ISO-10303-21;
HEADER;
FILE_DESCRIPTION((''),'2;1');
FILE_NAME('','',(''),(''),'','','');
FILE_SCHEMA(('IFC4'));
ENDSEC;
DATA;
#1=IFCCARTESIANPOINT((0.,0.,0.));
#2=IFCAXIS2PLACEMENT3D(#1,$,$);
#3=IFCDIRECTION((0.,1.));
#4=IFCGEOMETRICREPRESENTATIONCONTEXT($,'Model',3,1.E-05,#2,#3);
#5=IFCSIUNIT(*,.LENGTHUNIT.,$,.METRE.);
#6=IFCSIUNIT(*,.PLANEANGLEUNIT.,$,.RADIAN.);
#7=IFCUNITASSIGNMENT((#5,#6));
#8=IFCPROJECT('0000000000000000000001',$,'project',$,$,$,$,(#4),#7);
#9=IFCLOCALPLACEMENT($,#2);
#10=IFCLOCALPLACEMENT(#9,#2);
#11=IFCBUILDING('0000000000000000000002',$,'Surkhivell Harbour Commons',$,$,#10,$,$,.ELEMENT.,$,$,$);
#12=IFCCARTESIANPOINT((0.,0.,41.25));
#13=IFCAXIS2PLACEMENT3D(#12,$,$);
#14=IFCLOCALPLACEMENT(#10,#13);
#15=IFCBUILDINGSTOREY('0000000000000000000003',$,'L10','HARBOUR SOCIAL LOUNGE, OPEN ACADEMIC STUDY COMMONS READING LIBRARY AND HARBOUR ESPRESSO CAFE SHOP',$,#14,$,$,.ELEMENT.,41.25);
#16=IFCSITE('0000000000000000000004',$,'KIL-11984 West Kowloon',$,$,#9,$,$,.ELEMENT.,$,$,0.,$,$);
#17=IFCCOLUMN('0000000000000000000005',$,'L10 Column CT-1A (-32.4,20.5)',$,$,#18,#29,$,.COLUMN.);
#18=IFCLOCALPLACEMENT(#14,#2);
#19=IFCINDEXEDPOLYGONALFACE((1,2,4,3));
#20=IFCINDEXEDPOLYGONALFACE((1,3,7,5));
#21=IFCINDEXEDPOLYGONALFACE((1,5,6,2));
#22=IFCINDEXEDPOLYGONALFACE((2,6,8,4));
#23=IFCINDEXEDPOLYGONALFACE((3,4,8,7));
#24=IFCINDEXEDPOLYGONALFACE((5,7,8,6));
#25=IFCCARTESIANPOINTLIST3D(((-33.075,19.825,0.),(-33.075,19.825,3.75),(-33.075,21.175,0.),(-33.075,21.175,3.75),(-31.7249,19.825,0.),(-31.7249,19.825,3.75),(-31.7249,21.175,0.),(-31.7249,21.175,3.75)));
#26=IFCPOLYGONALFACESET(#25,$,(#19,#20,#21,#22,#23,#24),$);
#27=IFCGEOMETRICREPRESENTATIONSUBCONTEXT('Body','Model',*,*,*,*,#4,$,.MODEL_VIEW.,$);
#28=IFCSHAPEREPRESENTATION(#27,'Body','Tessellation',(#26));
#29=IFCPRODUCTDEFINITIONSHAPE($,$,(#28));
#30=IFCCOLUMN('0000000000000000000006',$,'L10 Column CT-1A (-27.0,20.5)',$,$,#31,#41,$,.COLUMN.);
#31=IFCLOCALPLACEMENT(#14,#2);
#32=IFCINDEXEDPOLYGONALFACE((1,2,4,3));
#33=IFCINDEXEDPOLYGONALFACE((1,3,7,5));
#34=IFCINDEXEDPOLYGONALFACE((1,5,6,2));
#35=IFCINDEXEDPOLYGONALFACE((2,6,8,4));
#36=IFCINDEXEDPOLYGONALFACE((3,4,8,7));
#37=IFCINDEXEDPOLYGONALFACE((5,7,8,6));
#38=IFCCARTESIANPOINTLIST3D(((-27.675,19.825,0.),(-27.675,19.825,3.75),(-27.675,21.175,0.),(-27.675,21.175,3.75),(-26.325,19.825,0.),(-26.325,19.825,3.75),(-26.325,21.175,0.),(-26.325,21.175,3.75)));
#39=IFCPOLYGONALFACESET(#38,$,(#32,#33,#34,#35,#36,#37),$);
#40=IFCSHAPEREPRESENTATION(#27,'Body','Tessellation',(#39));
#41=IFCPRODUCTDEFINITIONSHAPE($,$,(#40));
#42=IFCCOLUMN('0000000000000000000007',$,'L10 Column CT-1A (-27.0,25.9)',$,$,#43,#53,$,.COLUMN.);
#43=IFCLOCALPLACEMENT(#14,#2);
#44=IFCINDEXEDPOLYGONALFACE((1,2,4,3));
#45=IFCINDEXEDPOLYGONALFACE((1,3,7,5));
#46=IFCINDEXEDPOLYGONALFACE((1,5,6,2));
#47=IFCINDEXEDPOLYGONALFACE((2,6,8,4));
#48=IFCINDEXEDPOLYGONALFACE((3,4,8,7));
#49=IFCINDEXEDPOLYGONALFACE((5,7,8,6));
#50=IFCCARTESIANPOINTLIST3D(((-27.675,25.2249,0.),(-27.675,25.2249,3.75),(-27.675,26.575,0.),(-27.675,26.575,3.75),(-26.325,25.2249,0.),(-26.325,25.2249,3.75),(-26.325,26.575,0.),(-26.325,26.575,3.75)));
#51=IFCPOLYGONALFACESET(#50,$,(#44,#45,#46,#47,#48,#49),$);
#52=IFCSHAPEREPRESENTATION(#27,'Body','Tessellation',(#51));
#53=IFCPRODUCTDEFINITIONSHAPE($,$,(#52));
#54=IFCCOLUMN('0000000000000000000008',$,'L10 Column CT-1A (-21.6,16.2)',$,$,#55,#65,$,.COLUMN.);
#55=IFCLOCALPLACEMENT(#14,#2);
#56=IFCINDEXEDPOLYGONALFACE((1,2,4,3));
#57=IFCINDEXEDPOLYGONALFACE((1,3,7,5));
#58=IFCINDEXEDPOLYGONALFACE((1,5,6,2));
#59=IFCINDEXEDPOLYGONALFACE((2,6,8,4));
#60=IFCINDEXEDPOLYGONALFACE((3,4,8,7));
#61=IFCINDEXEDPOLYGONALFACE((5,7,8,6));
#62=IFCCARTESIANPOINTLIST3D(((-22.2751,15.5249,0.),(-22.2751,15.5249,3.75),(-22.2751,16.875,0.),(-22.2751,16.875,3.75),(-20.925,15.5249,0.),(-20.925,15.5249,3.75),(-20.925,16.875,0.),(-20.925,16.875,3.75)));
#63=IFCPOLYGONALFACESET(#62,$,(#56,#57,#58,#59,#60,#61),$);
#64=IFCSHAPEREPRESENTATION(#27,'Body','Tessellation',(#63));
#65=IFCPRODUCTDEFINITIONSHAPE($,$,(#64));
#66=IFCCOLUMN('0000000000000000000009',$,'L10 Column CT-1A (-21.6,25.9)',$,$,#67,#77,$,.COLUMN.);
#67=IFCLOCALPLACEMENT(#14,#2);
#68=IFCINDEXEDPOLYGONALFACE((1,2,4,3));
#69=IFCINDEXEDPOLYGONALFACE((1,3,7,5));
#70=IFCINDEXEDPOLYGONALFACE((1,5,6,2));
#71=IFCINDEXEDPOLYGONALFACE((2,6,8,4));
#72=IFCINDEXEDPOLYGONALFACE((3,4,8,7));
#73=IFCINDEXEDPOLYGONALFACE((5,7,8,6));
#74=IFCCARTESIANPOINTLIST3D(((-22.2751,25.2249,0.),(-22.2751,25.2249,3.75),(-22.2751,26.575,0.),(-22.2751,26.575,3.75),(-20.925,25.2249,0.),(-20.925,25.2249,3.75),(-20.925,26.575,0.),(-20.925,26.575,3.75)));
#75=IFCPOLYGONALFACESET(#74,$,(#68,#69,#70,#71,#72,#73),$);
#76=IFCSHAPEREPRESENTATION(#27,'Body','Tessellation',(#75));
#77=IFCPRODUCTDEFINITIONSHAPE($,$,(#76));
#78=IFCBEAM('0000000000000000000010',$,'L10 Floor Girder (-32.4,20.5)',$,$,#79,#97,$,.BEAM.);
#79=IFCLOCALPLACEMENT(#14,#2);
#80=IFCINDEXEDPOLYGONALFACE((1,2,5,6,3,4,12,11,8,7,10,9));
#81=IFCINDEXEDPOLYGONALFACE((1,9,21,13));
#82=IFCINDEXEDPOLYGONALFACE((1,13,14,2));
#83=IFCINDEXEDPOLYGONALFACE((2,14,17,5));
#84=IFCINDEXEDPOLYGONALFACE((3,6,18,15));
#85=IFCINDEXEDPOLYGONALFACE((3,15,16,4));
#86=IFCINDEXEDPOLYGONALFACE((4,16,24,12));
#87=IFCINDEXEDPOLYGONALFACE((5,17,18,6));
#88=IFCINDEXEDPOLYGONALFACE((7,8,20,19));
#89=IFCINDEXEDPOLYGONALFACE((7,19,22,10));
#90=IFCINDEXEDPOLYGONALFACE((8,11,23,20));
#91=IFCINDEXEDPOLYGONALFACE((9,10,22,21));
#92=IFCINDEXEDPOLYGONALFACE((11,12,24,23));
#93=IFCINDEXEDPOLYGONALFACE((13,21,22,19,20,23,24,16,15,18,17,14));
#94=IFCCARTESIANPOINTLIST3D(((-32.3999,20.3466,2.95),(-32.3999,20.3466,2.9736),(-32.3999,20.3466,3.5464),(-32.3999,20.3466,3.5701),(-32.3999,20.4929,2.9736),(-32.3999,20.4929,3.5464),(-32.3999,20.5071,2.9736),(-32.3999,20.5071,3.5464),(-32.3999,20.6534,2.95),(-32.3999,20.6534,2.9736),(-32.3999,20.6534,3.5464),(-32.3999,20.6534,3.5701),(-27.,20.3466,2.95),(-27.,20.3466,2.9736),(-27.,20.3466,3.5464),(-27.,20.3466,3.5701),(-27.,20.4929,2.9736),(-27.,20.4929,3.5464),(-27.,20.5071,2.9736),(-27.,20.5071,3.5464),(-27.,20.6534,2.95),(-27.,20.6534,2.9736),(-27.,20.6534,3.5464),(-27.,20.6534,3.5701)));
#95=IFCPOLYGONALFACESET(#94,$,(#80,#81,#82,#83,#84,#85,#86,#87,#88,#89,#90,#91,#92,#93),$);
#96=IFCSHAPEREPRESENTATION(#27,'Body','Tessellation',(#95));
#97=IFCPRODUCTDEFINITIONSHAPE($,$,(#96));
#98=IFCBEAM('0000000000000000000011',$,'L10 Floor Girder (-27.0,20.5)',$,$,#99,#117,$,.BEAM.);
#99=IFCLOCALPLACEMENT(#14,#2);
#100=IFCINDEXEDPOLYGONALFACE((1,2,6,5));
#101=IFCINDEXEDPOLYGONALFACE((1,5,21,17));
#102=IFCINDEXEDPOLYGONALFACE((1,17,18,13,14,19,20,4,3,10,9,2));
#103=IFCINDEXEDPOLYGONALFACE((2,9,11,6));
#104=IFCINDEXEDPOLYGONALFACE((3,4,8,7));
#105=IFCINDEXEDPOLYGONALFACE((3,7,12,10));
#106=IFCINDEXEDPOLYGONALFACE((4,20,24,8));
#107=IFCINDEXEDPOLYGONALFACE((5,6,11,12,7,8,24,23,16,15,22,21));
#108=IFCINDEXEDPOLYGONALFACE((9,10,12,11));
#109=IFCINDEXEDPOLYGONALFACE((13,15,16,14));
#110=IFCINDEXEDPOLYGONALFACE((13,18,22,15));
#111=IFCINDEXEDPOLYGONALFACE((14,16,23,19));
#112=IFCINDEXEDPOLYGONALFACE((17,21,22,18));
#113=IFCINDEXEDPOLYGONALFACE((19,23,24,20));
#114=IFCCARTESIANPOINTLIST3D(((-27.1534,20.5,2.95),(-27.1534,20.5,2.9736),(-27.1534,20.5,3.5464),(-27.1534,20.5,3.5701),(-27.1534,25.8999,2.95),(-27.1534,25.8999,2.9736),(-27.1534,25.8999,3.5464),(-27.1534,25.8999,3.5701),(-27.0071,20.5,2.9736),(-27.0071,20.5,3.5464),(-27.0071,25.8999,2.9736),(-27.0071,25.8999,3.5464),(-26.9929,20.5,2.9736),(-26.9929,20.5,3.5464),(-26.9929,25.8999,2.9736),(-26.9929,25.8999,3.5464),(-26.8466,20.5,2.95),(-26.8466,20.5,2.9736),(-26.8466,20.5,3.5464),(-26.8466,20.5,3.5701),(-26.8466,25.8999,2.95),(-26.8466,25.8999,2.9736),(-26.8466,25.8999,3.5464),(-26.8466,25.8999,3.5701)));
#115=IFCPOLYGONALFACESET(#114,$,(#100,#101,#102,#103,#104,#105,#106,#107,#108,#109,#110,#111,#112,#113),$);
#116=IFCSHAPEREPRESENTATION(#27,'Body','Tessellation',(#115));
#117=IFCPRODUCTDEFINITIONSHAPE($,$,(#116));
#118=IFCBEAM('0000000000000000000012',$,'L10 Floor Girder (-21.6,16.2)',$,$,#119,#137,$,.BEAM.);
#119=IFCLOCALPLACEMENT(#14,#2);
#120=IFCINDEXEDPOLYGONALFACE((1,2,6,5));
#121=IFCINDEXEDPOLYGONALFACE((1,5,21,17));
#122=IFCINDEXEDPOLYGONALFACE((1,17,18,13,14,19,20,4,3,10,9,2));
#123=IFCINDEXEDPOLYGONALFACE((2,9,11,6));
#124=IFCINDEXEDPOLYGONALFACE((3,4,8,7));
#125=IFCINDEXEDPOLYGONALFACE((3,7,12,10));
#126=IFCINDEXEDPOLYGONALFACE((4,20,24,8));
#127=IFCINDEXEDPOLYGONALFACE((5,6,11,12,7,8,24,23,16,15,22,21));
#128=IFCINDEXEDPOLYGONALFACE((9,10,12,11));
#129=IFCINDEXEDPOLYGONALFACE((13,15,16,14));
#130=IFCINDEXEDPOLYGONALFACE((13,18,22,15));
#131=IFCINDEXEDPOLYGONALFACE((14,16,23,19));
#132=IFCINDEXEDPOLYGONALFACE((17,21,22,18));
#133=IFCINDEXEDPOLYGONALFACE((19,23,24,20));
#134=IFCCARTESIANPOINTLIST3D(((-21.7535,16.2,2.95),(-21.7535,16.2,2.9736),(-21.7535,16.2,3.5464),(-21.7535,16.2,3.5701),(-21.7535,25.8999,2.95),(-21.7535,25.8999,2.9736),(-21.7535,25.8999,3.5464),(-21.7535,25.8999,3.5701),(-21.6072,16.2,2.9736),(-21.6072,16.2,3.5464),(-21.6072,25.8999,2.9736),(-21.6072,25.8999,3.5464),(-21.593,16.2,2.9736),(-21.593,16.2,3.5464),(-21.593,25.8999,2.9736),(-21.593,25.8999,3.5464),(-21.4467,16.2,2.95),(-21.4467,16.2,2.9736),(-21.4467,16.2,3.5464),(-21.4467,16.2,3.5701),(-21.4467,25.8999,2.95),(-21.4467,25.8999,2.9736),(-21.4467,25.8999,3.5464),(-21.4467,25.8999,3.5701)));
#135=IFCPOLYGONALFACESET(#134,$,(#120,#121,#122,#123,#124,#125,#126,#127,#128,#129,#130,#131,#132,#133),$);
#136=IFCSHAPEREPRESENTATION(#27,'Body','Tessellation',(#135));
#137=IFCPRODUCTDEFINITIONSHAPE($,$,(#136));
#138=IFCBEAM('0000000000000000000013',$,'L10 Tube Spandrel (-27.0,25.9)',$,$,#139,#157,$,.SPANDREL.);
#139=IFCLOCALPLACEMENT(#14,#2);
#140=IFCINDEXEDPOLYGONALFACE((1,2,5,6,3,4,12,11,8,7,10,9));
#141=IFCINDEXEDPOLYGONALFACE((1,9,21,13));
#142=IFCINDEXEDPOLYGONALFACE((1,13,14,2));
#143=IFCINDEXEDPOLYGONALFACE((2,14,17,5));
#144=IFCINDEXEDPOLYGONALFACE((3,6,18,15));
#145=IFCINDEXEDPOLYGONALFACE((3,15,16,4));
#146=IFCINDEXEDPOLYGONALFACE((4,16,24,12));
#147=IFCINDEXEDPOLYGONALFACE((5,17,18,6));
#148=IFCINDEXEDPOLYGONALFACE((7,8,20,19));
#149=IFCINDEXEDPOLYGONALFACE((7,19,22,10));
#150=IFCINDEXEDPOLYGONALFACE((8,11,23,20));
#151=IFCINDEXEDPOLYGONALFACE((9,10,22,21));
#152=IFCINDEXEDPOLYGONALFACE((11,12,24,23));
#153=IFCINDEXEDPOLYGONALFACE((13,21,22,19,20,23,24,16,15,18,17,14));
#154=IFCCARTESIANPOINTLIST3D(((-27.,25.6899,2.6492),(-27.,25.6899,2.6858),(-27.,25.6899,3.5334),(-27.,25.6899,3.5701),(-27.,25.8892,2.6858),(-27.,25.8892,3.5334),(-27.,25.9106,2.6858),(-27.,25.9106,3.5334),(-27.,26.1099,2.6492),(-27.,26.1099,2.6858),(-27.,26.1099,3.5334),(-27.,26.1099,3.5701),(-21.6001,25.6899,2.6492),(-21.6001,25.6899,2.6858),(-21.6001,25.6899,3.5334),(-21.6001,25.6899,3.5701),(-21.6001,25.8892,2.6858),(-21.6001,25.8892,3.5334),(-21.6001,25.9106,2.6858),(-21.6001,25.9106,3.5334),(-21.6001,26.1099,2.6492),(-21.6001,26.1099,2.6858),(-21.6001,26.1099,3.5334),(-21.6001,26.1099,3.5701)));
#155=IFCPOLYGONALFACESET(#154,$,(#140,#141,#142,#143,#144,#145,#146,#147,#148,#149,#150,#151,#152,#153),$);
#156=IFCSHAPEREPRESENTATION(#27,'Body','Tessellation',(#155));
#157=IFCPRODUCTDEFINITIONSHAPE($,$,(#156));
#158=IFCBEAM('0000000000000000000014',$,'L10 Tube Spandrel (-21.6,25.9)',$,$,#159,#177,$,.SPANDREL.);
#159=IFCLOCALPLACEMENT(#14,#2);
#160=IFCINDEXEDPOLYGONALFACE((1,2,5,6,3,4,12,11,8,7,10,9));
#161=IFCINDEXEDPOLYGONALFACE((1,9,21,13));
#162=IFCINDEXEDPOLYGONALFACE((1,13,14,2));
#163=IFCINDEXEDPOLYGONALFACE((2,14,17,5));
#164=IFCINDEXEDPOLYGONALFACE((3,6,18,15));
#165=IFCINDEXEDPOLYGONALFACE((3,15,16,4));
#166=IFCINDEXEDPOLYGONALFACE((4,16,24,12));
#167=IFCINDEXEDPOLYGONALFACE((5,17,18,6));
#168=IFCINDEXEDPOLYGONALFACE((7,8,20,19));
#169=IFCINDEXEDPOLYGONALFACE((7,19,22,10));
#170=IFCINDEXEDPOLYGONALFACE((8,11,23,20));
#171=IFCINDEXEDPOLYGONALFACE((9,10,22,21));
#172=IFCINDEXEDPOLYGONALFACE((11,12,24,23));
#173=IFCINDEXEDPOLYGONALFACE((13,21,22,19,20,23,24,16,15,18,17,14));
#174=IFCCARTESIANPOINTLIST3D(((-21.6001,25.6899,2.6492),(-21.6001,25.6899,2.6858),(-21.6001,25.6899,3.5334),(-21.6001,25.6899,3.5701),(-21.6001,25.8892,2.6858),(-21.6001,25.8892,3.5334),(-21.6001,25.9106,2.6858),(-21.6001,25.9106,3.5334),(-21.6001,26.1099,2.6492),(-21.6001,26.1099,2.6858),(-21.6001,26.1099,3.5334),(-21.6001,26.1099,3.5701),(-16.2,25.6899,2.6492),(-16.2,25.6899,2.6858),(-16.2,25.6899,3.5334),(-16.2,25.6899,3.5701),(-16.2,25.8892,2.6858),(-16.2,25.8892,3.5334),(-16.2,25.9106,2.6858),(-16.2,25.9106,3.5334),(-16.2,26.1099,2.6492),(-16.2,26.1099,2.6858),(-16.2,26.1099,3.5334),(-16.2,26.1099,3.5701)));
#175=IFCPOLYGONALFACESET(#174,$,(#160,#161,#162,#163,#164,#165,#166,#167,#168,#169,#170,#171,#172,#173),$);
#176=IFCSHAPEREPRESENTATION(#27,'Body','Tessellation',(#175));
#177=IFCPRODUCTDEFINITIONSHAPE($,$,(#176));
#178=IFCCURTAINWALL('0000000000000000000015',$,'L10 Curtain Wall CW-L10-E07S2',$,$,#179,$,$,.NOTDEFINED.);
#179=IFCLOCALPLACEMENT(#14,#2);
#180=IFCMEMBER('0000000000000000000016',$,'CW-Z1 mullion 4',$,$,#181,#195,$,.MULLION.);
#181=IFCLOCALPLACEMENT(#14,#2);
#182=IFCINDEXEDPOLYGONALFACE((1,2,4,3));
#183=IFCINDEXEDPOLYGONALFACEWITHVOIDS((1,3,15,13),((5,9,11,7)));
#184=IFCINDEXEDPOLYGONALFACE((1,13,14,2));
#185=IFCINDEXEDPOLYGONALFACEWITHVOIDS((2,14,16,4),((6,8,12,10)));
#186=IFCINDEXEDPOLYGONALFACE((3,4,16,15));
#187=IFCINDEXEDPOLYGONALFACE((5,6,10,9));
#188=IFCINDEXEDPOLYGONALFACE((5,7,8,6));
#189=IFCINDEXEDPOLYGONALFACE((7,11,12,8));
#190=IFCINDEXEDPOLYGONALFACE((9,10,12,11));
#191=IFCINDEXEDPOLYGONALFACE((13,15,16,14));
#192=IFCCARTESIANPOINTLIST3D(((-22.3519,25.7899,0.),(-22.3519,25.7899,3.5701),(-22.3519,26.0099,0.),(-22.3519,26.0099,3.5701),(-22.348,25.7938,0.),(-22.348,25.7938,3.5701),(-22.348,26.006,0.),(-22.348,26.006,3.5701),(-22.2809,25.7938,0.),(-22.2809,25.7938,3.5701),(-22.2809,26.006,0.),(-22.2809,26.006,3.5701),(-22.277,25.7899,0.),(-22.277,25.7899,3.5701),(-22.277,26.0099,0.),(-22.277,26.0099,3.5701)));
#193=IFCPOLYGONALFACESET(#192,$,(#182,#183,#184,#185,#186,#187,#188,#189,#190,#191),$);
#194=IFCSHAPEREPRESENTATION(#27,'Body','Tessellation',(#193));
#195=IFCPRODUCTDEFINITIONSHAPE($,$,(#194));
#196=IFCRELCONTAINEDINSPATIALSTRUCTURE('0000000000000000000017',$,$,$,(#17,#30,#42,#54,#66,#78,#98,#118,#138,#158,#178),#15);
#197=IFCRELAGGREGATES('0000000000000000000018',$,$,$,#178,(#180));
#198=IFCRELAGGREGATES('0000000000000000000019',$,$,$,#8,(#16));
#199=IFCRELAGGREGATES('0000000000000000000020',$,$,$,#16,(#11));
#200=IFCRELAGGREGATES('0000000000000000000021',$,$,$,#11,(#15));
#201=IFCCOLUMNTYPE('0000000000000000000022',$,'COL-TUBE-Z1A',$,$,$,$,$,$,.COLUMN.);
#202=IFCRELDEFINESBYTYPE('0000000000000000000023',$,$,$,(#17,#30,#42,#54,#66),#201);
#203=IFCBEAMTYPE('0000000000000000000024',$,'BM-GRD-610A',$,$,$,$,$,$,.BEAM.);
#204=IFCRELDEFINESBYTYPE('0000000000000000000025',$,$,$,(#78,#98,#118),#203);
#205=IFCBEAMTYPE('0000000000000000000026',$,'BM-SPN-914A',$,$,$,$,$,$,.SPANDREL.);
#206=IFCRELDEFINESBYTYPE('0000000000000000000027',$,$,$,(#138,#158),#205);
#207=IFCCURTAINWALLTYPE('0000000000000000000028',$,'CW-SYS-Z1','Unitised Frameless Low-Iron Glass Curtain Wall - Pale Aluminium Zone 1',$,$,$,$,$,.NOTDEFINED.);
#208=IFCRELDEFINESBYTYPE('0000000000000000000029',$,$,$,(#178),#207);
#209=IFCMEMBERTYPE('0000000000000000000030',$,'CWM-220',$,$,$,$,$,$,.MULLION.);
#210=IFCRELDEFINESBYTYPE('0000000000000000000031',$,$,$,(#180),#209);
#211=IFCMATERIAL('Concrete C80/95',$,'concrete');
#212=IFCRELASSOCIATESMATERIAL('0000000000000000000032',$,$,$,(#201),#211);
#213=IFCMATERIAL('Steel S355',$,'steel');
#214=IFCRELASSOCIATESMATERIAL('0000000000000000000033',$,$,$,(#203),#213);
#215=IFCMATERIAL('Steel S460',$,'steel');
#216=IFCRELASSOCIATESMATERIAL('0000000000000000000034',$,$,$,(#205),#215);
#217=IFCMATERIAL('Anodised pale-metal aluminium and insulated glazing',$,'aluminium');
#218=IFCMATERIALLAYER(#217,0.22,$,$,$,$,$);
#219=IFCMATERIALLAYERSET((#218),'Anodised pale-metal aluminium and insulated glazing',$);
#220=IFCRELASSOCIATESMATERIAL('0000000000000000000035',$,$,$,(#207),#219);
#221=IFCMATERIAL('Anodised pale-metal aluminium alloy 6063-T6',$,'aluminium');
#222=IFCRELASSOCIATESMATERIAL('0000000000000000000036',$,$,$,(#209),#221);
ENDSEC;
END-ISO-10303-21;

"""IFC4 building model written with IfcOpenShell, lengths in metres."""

from ifc_helpers import new_model, si_unit, direction, frame, origin, origin_2d, place, context, subcontext, project, spatial, rectangle, hollow_rectangle, i_section, extrude, material, layer, layer_set, material_profile, profile_set, type_object, element, aggregate, save


model = new_model("IFC4")

# Units and contexts
model_context = context("Model", 3, precision=1e-05, world=origin(), true_north=direction((0.0, 1.0)))
body_context = subcontext(model_context, "Body", "Model", "MODEL_VIEW")
ifc_project = project(units=[si_unit("LENGTHUNIT", "METRE"), si_unit("PLANEANGLEUNIT", "RADIAN")], contexts=[model_context])

# Site, building, storey
site_placement = place(None, origin())
site = spatial("IfcSite", under=ifc_project, at=site_placement, Name="KIL-11984 West Kowloon", CompositionType="ELEMENT", RefElevation=0.0)
building_placement = place(site_placement, origin())
building = spatial("IfcBuilding", under=site, at=building_placement, Name="Surkhivell Harbour Commons", CompositionType="ELEMENT")
storey_placement = place(building_placement, frame((0.0, 0.0, 41.25)))
storey = spatial("IfcBuildingStorey", under=building, at=storey_placement, Name="L10", Description="HARBOUR SOCIAL LOUNGE, OPEN ACADEMIC STUDY COMMONS READING LIBRARY AND HARBOUR ESPRESSO CAFE SHOP", CompositionType="ELEMENT", Elevation=41.25)

# Columns
ifc_material_1 = material(Name="Concrete C80/95", Category="concrete")
ifc_material_profile_1 = material_profile(ifc_material_1, rectangle(XDim=1.3501, YDim=1.3501, at=origin_2d()), Name="RC-COL-1350x1350")
ifc_profile_set_1 = profile_set([ifc_material_profile_1], Name="Concrete C80/95")
column_type = type_object("IfcColumnType", Name="COL-TUBE-Z1A", PredefinedType="COLUMN", material=ifc_profile_set_1)
for number, where, z_axis, x_axis, name in (
    (1, (-32.3999, 20.5, 0.0), (0.0, 0.0, 1.0), (1.0, 0.0, 0.0), "L10 Column CT-1A (-32.4,20.5)"),
    (2, (-27.0, 20.5, 0.0), (0.0, 0.0, 1.0), (1.0, 0.0, 0.0), "L10 Column CT-1A (-27.0,20.5)"),
    (3, (-27.0, 25.8999, 0.0), (0.0, 0.0, 1.0), (1.0, 0.0, 0.0), "L10 Column CT-1A (-27.0,25.9)"),
    (4, (-21.6001, 16.2, 0.0), (0.0, 0.0, 1.0), (1.0, 0.0, 0.0), "L10 Column CT-1A (-21.6,16.2)"),
    (5, (-21.6001, 25.8999, 0.0), (0.0, 0.0, 1.0), (1.0, 0.0, 0.0), "L10 Column CT-1A (-21.6,25.9)"),
):
    element("IfcColumn", number, at=place(storey_placement, frame(where, z_axis=z_axis, x_axis=x_axis)), inside=storey, type_object=column_type, Name=name, PredefinedType="COLUMN", context=body_context, shape_type="SweptSolid", body=[
        extrude(rectangle(XDim=1.3501, YDim=1.3501, at=origin_2d()), origin(), (0.0, 0.0, 1.0), 3.75),
    ])

# Beams
ifc_material_2 = material(Name="Steel S355", Category="steel")
ifc_material_profile_2 = material_profile(ifc_material_2, i_section(OverallWidth=0.3069, OverallDepth=0.6201, WebThickness=0.0142, FlangeThickness=0.0237, at=origin_2d()), Name="UB610x305x179")
ifc_profile_set_2 = profile_set([ifc_material_profile_2], Name="Steel S355")
beam_type_1 = type_object("IfcBeamType", Name="BM-GRD-610A", PredefinedType="BEAM", material=ifc_profile_set_2)
for number, where, z_axis, x_axis, name in (
    (6, (-32.3999, 20.5, 3.26), (1.0, 0.0, 0.0), (0.0, 1.0, 0.0), "L10 Floor Girder (-32.4,20.5)"),
    (7, (-27.0, 20.5, 3.26), (0.0, 1.0, 0.0), (-1.0, 0.0, 0.0), "L10 Floor Girder (-27.0,20.5)"),
):
    element("IfcBeam", number, at=place(storey_placement, frame(where, z_axis=z_axis, x_axis=x_axis)), inside=storey, type_object=beam_type_1, Name=name, PredefinedType="BEAM", context=body_context, shape_type="SweptSolid", body=[
        extrude(i_section(OverallWidth=0.3069, OverallDepth=0.6201, WebThickness=0.0142, FlangeThickness=0.0237, at=origin_2d()), origin(), (0.0, 0.0, 1.0), 5.3999),
    ])
beam_1_placement = place(storey_placement, frame((-21.6001, 16.2, 3.26), z_axis=(0.0, 1.0, 0.0), x_axis=(-1.0, 0.0, 0.0)))
element("IfcBeam", 8, at=beam_1_placement, inside=storey, type_object=beam_type_1, Name="L10 Floor Girder (-21.6,16.2)", PredefinedType="BEAM", context=body_context, shape_type="SweptSolid", body=[
    extrude(i_section(OverallWidth=0.3069, OverallDepth=0.6201, WebThickness=0.0142, FlangeThickness=0.0237, at=origin_2d()), origin(), (0.0, 0.0, 1.0), 9.7),
])
ifc_material_3 = material(Name="Steel S460", Category="steel")
ifc_material_profile_3 = material_profile(ifc_material_3, i_section(OverallWidth=0.4199, OverallDepth=0.9209, WebThickness=0.0215, FlangeThickness=0.0366, at=origin_2d()), Name="UB914x419x388")
ifc_profile_set_3 = profile_set([ifc_material_profile_3], Name="Steel S460")
beam_type_2 = type_object("IfcBeamType", Name="BM-SPN-914A", PredefinedType="SPANDREL", material=ifc_profile_set_3)
beam_2_placement = place(storey_placement, frame((-27.0, 25.8999, 3.1096), z_axis=(1.0, 0.0, 0.0), x_axis=(0.0, 1.0, 0.0)))
element("IfcBeam", 9, at=beam_2_placement, inside=storey, type_object=beam_type_2, Name="L10 Tube Spandrel (-27.0,25.9)", PredefinedType="SPANDREL", context=body_context, shape_type="SweptSolid", body=[
    extrude(i_section(OverallWidth=0.4199, OverallDepth=0.9209, WebThickness=0.0215, FlangeThickness=0.0366, at=origin_2d()), origin(), (0.0, 0.0, 1.0), 5.3999),
])
beam_3_placement = place(storey_placement, frame((-21.6001, 25.8999, 3.1096), z_axis=(1.0, 0.0, 0.0), x_axis=(0.0, 1.0, 0.0)))
element("IfcBeam", 10, at=beam_3_placement, inside=storey, type_object=beam_type_2, Name="L10 Tube Spandrel (-21.6,25.9)", PredefinedType="SPANDREL", context=body_context, shape_type="SweptSolid", body=[
    extrude(i_section(OverallWidth=0.4199, OverallDepth=0.9209, WebThickness=0.0215, FlangeThickness=0.0366, at=origin_2d()), origin(), (0.0, 0.0, 1.0), 5.4001),
])

# Curtain wall, member
ifc_material_4 = material(Name="Anodised pale-metal aluminium and insulated glazing", Category="aluminium")
ifc_layer_1 = layer(ifc_material_4, 0.22)
ifc_layer_set_1 = layer_set([ifc_layer_1], Name="Anodised pale-metal aluminium and insulated glazing")
curtain_wall_type = type_object("IfcCurtainWallType", Name="CW-SYS-Z1", Description="Unitised Frameless Low-Iron Glass Curtain Wall - Pale Aluminium Zone 1", PredefinedType="NOTDEFINED", material=ifc_layer_set_1)
curtain_wall_1_placement = place(storey_placement, origin())
curtain_wall_1 = element("IfcCurtainWall", 11, at=curtain_wall_1_placement, inside=storey, type_object=curtain_wall_type, Name="L10 Curtain Wall CW-L10-E07S2", PredefinedType="NOTDEFINED")
ifc_material_5 = material(Name="Anodised pale-metal aluminium alloy 6063-T6", Category="aluminium")
ifc_material_profile_4 = material_profile(ifc_material_5, hollow_rectangle(XDim=0.075, YDim=0.22, WallThickness=0.0039, at=origin_2d()), Name="ALU-MULL-75x220")
ifc_profile_set_4 = profile_set([ifc_material_profile_4], Name="Anodised pale-metal aluminium alloy 6063-T6")
member_type_1 = type_object("IfcMemberType", Name="CWM-220", PredefinedType="MULLION", material=ifc_profile_set_4)
member_1_placement = place(storey_placement, frame((-22.3145, 25.8999, 0.0), z_axis=(0.0, 0.0, 1.0), x_axis=(-1.0, 0.0, 0.0)))
member_1 = element("IfcMember", 12, at=member_1_placement, type_object=member_type_1, Name="CW-Z1 mullion 4", PredefinedType="MULLION", context=body_context, shape_type="SweptSolid", body=[
    extrude(hollow_rectangle(XDim=0.075, YDim=0.22, WallThickness=0.0039, at=origin_2d()), origin(), (0.0, 0.0, 1.0), 3.5701),
])

aggregate(curtain_wall_1, [member_1])

save(model, "model.ifc")
